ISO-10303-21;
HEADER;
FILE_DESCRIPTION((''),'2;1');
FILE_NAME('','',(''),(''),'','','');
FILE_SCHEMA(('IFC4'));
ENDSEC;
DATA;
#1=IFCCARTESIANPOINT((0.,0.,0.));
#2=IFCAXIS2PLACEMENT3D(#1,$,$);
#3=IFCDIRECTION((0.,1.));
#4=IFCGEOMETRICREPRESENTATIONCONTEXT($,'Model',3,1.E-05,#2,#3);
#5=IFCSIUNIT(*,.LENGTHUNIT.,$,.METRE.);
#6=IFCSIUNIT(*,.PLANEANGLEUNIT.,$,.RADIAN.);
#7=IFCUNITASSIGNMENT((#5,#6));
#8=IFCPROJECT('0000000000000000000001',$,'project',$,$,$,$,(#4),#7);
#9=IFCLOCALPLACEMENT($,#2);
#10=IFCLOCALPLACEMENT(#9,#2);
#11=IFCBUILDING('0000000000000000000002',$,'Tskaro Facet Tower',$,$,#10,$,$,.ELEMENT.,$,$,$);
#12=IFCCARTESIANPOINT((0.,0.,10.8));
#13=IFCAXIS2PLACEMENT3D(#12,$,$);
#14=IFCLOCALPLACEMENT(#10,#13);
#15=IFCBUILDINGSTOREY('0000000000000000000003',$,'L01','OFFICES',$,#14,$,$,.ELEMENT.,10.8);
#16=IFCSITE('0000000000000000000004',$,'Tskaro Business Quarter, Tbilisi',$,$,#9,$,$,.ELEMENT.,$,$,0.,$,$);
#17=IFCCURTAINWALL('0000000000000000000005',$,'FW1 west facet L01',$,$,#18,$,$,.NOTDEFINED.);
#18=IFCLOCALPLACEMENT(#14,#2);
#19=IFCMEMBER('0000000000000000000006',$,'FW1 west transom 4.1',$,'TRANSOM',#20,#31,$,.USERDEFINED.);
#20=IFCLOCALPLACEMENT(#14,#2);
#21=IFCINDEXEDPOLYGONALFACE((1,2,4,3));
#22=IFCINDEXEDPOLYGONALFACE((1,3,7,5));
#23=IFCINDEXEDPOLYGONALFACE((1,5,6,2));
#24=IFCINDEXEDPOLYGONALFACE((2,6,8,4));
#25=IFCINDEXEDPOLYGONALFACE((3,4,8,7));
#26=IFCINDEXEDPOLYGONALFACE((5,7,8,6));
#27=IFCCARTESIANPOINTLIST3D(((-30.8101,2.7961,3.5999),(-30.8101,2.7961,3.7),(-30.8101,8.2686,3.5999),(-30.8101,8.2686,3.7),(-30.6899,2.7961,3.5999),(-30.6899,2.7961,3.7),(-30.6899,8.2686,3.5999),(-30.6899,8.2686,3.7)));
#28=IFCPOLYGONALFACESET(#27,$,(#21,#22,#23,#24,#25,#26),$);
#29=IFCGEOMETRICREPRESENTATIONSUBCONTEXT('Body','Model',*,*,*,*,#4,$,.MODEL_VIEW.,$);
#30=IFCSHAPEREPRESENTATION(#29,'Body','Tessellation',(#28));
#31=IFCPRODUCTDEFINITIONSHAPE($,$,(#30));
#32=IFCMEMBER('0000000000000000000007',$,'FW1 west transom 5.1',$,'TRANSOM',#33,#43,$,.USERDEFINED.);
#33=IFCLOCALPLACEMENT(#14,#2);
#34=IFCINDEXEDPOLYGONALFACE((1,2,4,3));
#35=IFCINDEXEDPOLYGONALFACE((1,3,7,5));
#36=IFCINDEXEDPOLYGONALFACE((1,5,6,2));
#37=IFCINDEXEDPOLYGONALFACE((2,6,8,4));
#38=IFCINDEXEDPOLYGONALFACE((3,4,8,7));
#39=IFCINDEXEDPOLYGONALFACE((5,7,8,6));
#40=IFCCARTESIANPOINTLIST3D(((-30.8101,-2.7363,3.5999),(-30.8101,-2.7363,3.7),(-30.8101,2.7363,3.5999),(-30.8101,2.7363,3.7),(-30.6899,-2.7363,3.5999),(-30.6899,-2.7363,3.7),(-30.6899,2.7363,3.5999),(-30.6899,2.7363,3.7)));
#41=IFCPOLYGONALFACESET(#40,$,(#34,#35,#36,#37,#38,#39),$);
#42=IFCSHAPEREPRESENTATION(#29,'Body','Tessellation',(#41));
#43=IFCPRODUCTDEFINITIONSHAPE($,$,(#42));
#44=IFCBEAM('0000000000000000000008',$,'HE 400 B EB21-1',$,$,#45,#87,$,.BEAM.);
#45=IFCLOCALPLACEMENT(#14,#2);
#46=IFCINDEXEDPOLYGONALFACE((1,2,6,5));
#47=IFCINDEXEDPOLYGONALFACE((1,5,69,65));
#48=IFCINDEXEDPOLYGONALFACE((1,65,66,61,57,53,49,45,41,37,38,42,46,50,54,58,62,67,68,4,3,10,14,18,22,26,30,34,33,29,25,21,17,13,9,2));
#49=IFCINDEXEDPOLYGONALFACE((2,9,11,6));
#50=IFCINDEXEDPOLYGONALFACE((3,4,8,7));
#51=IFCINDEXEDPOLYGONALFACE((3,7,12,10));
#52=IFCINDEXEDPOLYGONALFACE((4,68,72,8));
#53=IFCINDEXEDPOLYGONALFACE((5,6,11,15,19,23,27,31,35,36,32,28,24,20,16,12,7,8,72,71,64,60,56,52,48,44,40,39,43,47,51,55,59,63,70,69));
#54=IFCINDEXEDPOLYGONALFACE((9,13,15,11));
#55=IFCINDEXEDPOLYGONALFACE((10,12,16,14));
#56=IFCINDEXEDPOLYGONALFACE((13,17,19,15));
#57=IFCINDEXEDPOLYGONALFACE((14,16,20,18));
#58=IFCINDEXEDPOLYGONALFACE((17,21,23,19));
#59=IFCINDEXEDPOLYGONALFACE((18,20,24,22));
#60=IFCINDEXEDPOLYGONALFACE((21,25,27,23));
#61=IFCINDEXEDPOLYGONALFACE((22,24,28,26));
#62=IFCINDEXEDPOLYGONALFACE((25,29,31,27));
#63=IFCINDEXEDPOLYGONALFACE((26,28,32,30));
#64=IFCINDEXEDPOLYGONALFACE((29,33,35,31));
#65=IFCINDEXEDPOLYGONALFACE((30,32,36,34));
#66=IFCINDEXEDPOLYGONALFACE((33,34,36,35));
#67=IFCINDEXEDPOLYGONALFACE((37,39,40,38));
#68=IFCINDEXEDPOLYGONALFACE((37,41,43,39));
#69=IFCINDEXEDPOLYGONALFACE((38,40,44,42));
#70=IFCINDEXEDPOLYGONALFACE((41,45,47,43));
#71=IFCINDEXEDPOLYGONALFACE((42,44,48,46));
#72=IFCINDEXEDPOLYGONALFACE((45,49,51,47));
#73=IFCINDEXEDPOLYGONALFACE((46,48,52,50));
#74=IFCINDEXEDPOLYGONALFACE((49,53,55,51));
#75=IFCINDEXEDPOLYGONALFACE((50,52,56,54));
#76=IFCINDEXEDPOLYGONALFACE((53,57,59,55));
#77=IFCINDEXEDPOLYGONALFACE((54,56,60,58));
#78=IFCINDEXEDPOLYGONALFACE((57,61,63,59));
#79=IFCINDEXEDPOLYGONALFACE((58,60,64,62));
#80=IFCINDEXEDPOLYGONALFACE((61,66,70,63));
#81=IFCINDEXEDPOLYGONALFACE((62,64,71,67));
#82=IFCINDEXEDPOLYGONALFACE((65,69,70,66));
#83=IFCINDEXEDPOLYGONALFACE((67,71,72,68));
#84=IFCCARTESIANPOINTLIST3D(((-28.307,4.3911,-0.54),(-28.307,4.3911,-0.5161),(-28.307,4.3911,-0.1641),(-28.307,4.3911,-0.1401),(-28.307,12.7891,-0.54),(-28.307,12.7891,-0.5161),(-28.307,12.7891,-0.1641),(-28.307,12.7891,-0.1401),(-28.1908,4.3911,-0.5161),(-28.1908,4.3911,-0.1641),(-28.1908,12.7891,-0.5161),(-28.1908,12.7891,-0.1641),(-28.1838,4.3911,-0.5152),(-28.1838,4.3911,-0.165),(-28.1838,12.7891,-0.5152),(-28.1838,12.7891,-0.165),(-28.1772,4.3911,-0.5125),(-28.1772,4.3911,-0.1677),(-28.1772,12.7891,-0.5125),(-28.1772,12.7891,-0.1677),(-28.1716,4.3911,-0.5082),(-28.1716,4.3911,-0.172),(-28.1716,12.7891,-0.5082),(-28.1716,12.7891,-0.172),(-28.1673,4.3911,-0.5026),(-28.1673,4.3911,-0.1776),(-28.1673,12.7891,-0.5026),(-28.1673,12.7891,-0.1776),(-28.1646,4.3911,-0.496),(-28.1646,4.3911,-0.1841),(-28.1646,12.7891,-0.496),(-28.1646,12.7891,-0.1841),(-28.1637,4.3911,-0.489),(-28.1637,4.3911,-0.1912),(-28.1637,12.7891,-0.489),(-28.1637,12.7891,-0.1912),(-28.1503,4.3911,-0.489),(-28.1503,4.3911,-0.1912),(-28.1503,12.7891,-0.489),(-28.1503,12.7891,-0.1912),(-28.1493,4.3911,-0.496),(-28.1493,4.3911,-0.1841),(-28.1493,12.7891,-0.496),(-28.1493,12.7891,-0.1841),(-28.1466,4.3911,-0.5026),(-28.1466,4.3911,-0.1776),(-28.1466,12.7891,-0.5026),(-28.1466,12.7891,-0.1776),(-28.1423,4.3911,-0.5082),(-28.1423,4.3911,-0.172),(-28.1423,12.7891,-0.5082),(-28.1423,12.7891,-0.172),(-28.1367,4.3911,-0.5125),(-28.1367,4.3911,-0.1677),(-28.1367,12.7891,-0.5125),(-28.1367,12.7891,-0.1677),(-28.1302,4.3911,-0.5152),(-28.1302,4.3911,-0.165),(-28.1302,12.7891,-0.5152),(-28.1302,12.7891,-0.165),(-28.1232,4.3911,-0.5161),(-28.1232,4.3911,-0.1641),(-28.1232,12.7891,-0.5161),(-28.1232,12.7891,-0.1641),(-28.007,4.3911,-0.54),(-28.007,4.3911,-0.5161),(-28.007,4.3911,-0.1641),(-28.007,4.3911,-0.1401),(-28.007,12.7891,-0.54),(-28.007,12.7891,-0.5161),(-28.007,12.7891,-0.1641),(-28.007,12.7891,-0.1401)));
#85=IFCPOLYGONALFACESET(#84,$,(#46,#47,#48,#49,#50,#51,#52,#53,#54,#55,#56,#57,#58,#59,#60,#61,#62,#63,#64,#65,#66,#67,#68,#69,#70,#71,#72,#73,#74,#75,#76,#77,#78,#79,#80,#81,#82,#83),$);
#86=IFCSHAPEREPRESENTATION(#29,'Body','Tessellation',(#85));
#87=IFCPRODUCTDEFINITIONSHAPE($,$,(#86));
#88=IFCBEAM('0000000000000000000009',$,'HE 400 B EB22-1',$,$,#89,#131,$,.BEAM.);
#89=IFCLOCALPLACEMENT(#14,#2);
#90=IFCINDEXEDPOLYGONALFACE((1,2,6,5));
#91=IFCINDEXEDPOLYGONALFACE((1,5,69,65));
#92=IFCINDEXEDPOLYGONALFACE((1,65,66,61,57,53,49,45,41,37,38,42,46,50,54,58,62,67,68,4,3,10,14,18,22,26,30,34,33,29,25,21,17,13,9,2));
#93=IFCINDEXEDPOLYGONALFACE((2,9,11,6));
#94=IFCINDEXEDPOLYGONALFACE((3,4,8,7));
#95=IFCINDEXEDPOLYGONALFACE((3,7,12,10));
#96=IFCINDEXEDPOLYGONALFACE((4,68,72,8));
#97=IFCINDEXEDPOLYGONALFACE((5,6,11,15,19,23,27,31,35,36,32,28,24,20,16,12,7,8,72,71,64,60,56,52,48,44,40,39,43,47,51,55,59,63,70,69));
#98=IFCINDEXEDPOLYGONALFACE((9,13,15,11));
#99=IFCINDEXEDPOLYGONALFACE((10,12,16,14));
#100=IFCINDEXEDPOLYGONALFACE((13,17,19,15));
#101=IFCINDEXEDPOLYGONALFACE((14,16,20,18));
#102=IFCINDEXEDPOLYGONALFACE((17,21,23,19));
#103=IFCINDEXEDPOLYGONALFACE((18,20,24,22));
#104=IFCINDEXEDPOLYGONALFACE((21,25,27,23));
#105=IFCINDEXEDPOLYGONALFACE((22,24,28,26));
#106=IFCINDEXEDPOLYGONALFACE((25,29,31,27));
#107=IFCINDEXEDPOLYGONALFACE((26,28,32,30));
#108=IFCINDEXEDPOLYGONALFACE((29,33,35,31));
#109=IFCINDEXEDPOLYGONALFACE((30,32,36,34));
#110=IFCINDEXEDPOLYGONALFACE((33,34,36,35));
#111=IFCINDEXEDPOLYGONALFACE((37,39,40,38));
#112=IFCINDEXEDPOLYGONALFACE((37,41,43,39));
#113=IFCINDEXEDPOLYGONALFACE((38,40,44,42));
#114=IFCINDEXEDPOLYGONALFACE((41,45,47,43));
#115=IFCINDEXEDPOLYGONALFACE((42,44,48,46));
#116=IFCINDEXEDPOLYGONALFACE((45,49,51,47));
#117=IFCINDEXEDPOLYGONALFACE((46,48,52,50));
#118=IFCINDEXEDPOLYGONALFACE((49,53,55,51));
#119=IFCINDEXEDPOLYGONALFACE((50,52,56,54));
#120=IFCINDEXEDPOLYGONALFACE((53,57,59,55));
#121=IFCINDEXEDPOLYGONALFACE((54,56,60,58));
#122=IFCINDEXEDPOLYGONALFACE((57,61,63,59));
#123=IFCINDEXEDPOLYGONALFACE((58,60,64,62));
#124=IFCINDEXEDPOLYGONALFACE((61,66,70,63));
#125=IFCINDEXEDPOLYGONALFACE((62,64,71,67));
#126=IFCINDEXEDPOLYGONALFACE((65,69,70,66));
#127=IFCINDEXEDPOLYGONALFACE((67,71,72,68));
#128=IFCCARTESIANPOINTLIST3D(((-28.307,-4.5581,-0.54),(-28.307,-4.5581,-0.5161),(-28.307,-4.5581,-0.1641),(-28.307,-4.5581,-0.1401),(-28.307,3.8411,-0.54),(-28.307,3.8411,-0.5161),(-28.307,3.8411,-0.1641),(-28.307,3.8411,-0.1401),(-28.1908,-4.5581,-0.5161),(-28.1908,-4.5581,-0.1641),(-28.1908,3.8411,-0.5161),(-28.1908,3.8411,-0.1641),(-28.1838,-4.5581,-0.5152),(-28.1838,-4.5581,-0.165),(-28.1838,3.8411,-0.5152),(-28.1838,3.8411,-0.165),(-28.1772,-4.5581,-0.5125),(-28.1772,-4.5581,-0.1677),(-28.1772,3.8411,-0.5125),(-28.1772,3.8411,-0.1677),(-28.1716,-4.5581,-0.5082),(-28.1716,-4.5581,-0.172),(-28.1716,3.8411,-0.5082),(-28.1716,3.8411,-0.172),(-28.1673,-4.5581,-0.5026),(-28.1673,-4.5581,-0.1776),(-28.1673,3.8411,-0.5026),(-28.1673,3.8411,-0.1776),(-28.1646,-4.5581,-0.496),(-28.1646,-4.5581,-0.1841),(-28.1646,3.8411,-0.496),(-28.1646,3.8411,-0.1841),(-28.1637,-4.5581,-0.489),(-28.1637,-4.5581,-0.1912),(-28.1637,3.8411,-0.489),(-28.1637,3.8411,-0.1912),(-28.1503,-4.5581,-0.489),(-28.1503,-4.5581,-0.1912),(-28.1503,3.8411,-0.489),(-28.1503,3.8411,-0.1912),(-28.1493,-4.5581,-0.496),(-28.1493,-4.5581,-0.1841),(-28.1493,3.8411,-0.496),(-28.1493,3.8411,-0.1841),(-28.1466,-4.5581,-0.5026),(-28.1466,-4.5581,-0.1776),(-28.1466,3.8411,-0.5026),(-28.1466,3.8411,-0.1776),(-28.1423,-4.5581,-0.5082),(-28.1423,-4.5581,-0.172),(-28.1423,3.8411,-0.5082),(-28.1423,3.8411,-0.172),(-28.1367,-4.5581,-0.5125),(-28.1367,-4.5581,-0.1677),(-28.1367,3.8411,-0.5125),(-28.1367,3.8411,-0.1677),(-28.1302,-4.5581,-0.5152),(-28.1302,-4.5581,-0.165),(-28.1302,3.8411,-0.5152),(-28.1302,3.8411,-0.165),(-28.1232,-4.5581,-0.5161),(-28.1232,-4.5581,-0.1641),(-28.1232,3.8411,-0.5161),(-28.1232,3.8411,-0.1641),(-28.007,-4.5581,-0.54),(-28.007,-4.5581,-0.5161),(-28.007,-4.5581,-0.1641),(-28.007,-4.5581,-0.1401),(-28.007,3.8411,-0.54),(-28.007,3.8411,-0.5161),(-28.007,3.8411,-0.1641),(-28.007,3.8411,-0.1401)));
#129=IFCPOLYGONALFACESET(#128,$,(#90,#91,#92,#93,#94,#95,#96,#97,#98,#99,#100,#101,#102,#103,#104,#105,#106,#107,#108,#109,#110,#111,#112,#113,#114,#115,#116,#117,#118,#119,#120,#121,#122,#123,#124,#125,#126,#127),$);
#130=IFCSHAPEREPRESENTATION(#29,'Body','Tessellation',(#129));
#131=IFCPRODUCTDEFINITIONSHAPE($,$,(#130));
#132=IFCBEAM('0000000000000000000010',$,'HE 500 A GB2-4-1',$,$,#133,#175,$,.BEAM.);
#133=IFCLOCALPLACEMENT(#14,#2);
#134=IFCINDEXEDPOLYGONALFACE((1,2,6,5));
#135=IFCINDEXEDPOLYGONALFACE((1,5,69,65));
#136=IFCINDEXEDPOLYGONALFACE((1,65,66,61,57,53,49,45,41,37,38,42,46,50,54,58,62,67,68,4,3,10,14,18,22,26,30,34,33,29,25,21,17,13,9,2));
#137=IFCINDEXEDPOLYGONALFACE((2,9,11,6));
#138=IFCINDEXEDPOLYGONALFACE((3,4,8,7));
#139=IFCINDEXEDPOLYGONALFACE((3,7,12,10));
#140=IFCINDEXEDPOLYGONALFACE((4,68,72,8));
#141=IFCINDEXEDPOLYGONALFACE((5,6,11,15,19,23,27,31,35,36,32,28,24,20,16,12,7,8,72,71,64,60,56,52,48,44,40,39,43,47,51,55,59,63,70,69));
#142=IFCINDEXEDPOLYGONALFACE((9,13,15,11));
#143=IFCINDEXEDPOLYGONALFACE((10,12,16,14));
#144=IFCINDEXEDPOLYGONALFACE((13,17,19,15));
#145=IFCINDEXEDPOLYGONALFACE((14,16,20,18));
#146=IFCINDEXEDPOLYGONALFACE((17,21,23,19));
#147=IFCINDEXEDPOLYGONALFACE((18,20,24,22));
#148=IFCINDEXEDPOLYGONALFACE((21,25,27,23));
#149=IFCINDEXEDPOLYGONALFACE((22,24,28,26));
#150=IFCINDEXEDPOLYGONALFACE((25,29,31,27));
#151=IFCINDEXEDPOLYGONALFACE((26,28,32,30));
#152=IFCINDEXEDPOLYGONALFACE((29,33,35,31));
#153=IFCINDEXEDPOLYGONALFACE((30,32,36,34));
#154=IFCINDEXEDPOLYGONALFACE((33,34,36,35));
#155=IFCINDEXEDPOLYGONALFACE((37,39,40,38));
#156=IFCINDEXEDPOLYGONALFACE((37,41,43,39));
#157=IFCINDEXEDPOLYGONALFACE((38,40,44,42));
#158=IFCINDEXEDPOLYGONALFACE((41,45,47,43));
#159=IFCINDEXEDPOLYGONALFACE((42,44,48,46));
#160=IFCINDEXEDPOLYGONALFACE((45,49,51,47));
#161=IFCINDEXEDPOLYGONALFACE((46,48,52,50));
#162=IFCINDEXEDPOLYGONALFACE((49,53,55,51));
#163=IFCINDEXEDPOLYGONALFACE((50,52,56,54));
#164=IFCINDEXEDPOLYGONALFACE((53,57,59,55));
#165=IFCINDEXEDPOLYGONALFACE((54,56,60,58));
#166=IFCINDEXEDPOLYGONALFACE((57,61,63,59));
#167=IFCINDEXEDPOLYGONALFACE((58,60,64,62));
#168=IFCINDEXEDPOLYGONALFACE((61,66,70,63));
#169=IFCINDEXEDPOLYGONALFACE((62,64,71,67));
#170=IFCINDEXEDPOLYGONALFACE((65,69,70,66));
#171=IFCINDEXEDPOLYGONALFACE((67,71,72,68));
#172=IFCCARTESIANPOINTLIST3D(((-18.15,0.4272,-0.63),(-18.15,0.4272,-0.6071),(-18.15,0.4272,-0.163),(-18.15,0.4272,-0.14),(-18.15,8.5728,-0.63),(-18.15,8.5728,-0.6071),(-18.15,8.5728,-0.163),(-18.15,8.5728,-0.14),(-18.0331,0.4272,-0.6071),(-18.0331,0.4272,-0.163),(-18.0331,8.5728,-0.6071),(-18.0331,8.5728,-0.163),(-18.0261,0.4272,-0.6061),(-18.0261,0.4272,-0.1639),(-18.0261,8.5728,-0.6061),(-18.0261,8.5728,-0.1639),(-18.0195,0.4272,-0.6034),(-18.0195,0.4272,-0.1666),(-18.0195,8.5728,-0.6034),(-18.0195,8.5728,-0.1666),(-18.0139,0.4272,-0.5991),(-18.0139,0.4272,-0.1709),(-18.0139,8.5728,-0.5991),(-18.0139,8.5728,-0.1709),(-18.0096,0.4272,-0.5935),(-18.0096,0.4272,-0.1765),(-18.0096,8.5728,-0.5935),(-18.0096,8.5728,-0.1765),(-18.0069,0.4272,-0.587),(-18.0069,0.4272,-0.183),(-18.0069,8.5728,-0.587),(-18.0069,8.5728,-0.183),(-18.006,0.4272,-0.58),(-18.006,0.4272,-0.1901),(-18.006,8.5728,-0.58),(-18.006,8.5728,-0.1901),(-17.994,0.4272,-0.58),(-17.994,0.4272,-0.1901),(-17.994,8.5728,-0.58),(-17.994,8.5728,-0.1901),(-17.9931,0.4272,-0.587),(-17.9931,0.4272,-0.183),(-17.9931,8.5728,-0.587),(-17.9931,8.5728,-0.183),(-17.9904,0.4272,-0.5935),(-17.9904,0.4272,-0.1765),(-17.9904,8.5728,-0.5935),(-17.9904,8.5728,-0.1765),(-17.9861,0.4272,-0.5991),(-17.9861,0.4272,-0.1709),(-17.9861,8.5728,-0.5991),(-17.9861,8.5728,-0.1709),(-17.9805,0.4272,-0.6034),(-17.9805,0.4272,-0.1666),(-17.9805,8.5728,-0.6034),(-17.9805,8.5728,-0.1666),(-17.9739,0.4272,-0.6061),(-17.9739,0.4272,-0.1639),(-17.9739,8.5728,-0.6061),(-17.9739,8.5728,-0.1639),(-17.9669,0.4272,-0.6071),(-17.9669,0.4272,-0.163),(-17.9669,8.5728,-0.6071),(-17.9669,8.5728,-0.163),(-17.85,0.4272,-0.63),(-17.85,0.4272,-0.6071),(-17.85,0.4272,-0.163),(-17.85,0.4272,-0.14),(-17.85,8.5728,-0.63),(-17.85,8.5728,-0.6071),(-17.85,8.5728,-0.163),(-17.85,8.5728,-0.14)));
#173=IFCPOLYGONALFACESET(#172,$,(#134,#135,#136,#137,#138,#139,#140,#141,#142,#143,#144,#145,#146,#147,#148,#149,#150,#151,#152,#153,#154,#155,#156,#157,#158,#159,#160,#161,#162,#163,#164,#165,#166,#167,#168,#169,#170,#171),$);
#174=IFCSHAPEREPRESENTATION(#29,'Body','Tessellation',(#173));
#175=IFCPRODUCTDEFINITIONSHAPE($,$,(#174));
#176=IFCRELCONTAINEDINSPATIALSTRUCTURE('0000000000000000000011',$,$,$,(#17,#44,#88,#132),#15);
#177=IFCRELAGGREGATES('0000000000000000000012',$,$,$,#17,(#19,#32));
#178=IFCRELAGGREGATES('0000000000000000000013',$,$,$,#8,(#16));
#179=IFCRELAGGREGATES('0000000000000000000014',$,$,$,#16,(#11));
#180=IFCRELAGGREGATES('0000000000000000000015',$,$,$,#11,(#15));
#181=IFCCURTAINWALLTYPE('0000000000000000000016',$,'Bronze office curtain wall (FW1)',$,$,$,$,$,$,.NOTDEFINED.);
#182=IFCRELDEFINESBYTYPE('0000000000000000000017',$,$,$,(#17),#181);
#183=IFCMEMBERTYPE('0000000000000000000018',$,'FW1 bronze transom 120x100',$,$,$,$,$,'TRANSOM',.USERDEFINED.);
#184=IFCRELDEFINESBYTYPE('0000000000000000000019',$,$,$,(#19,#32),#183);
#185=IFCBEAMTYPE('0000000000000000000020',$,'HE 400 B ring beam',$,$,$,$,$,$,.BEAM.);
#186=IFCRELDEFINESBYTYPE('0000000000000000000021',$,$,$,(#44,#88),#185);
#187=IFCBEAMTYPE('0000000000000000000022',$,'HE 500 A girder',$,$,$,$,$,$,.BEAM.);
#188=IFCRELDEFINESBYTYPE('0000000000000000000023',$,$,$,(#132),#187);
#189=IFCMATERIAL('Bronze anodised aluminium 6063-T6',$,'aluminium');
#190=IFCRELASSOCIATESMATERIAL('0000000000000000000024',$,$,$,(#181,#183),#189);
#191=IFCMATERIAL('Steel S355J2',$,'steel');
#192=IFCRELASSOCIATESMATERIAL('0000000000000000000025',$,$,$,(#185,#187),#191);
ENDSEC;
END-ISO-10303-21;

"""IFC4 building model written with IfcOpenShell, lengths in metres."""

from ifc_helpers import new_model, si_unit, direction, frame, origin, origin_2d, place, context, subcontext, project, spatial, rectangle, i_section, extrude, material, material_profile, profile_set, type_object, element, aggregate, save


model = new_model("IFC4")

# Units and contexts
model_context = context("Model", 3, precision=1e-05, world=origin(), true_north=direction((0.0, 1.0)))
body_context = subcontext(model_context, "Body", "Model", "MODEL_VIEW")
ifc_project = project(units=[si_unit("LENGTHUNIT", "METRE"), si_unit("PLANEANGLEUNIT", "RADIAN")], contexts=[model_context])

# Site, building, storey
site_placement = place(None, origin())
site = spatial("IfcSite", under=ifc_project, at=site_placement, Name="Tskaro Business Quarter, Tbilisi", CompositionType="ELEMENT", RefElevation=0.0)
building_placement = place(site_placement, origin())
building = spatial("IfcBuilding", under=site, at=building_placement, Name="Tskaro Facet Tower", CompositionType="ELEMENT")
storey_placement = place(building_placement, frame((0.0, 0.0, 10.8)))
storey = spatial("IfcBuildingStorey", under=building, at=storey_placement, Name="L01", Description="OFFICES", CompositionType="ELEMENT", Elevation=10.8)

# Curtain wall, members
ifc_material_1 = material(Name="Bronze anodised aluminium 6063-T6", Category="aluminium")
curtain_wall_type = type_object("IfcCurtainWallType", Name="Bronze office curtain wall (FW1)", PredefinedType="NOTDEFINED", material=ifc_material_1)
curtain_wall_placement = place(storey_placement, origin())
curtain_wall = element("IfcCurtainWall", 1, at=curtain_wall_placement, inside=storey, type_object=curtain_wall_type, Name="FW1 west facet L01", PredefinedType="NOTDEFINED")
ifc_material_profile_1 = material_profile(ifc_material_1, rectangle(XDim=0.1201, YDim=0.1001, at=origin_2d()), Name="Transom 120x100")
ifc_profile_set_1 = profile_set([ifc_material_profile_1], Name="Bronze anodised aluminium 6063-T6")
member_type_1 = type_object("IfcMemberType", Name="FW1 bronze transom 120x100", ElementType="TRANSOM", PredefinedType="USERDEFINED", material=ifc_profile_set_1)
member_1_placement = place(storey_placement, frame((-30.75, 8.2686, 3.6499), z_axis=(0.0, -1.0, 0.0), x_axis=(1.0, 0.0, 0.0)))
member_1 = element("IfcMember", 2, at=member_1_placement, type_object=member_type_1, Name="FW1 west transom 4.1", ObjectType="TRANSOM", PredefinedType="USERDEFINED", context=body_context, shape_type="SweptSolid", body=[
    extrude(rectangle(XDim=0.1201, YDim=0.1001, at=origin_2d()), origin(), (0.0, 0.0, 1.0), 5.4724),
])
member_2_placement = place(storey_placement, frame((-30.75, 2.7363, 3.6499), z_axis=(0.0, -1.0, 0.0), x_axis=(1.0, 0.0, 0.0)))
member_2 = element("IfcMember", 3, at=member_2_placement, type_object=member_type_1, Name="FW1 west transom 5.1", ObjectType="TRANSOM", PredefinedType="USERDEFINED", context=body_context, shape_type="SweptSolid", body=[
    extrude(rectangle(XDim=0.1201, YDim=0.1001, at=origin_2d()), origin(), (0.0, 0.0, 1.0), 5.4727),
])

# Beams
ifc_material_2 = material(Name="Steel S355J2", Category="steel")
ifc_material_profile_2 = material_profile(ifc_material_2, i_section(OverallWidth=0.3, OverallDepth=0.3999, WebThickness=0.0134, FlangeThickness=0.0239, FilletRadius=0.0271, at=origin_2d()), Name="HE 400 B")
ifc_profile_set_2 = profile_set([ifc_material_profile_2], Name="Steel S355J2")
beam_type_1 = type_object("IfcBeamType", Name="HE 400 B ring beam", PredefinedType="BEAM", material=ifc_profile_set_2)
beam_1_placement = place(storey_placement, frame((-28.157, 12.7891, -0.3401), z_axis=(0.0, -1.0, 0.0), x_axis=(1.0, 0.0, 0.0)))
element("IfcBeam", 4, at=beam_1_placement, inside=storey, type_object=beam_type_1, Name="HE 400 B EB21-1", PredefinedType="BEAM", context=body_context, shape_type="SweptSolid", body=[
    extrude(i_section(OverallWidth=0.3, OverallDepth=0.3999, WebThickness=0.0134, FlangeThickness=0.0239, FilletRadius=0.0271, at=origin_2d()), origin(), (0.0, 0.0, 1.0), 8.3979),
])
beam_2_placement = place(storey_placement, frame((-28.157, 3.8411, -0.3401), z_axis=(0.0, -1.0, 0.0), x_axis=(1.0, 0.0, 0.0)))
element("IfcBeam", 5, at=beam_2_placement, inside=storey, type_object=beam_type_1, Name="HE 400 B EB22-1", PredefinedType="BEAM", context=body_context, shape_type="SweptSolid", body=[
    extrude(i_section(OverallWidth=0.3, OverallDepth=0.3999, WebThickness=0.0134, FlangeThickness=0.0239, FilletRadius=0.0271, at=origin_2d()), origin(), (0.0, 0.0, 1.0), 8.3992),
])
ifc_material_profile_3 = material_profile(ifc_material_2, i_section(OverallWidth=0.3, OverallDepth=0.49, WebThickness=0.012, FlangeThickness=0.0229, FilletRadius=0.0271, at=origin_2d()), Name="HE 500 A")
ifc_profile_set_3 = profile_set([ifc_material_profile_3], Name="Steel S355J2")
beam_type_2 = type_object("IfcBeamType", Name="HE 500 A girder", PredefinedType="BEAM", material=ifc_profile_set_3)
beam_3_placement = place(storey_placement, frame((-18.0, 0.4272, -0.385), z_axis=(0.0, 1.0, 0.0), x_axis=(-1.0, 0.0, 0.0)))
element("IfcBeam", 6, at=beam_3_placement, inside=storey, type_object=beam_type_2, Name="HE 500 A GB2-4-1", PredefinedType="BEAM", context=body_context, shape_type="SweptSolid", body=[
    extrude(i_section(OverallWidth=0.3, OverallDepth=0.49, WebThickness=0.012, FlangeThickness=0.0229, FilletRadius=0.0271, at=origin_2d()), origin(), (0.0, 0.0, 1.0), 8.1455),
])

aggregate(curtain_wall, [member_1, member_2])

save(model, "model.ifc")
